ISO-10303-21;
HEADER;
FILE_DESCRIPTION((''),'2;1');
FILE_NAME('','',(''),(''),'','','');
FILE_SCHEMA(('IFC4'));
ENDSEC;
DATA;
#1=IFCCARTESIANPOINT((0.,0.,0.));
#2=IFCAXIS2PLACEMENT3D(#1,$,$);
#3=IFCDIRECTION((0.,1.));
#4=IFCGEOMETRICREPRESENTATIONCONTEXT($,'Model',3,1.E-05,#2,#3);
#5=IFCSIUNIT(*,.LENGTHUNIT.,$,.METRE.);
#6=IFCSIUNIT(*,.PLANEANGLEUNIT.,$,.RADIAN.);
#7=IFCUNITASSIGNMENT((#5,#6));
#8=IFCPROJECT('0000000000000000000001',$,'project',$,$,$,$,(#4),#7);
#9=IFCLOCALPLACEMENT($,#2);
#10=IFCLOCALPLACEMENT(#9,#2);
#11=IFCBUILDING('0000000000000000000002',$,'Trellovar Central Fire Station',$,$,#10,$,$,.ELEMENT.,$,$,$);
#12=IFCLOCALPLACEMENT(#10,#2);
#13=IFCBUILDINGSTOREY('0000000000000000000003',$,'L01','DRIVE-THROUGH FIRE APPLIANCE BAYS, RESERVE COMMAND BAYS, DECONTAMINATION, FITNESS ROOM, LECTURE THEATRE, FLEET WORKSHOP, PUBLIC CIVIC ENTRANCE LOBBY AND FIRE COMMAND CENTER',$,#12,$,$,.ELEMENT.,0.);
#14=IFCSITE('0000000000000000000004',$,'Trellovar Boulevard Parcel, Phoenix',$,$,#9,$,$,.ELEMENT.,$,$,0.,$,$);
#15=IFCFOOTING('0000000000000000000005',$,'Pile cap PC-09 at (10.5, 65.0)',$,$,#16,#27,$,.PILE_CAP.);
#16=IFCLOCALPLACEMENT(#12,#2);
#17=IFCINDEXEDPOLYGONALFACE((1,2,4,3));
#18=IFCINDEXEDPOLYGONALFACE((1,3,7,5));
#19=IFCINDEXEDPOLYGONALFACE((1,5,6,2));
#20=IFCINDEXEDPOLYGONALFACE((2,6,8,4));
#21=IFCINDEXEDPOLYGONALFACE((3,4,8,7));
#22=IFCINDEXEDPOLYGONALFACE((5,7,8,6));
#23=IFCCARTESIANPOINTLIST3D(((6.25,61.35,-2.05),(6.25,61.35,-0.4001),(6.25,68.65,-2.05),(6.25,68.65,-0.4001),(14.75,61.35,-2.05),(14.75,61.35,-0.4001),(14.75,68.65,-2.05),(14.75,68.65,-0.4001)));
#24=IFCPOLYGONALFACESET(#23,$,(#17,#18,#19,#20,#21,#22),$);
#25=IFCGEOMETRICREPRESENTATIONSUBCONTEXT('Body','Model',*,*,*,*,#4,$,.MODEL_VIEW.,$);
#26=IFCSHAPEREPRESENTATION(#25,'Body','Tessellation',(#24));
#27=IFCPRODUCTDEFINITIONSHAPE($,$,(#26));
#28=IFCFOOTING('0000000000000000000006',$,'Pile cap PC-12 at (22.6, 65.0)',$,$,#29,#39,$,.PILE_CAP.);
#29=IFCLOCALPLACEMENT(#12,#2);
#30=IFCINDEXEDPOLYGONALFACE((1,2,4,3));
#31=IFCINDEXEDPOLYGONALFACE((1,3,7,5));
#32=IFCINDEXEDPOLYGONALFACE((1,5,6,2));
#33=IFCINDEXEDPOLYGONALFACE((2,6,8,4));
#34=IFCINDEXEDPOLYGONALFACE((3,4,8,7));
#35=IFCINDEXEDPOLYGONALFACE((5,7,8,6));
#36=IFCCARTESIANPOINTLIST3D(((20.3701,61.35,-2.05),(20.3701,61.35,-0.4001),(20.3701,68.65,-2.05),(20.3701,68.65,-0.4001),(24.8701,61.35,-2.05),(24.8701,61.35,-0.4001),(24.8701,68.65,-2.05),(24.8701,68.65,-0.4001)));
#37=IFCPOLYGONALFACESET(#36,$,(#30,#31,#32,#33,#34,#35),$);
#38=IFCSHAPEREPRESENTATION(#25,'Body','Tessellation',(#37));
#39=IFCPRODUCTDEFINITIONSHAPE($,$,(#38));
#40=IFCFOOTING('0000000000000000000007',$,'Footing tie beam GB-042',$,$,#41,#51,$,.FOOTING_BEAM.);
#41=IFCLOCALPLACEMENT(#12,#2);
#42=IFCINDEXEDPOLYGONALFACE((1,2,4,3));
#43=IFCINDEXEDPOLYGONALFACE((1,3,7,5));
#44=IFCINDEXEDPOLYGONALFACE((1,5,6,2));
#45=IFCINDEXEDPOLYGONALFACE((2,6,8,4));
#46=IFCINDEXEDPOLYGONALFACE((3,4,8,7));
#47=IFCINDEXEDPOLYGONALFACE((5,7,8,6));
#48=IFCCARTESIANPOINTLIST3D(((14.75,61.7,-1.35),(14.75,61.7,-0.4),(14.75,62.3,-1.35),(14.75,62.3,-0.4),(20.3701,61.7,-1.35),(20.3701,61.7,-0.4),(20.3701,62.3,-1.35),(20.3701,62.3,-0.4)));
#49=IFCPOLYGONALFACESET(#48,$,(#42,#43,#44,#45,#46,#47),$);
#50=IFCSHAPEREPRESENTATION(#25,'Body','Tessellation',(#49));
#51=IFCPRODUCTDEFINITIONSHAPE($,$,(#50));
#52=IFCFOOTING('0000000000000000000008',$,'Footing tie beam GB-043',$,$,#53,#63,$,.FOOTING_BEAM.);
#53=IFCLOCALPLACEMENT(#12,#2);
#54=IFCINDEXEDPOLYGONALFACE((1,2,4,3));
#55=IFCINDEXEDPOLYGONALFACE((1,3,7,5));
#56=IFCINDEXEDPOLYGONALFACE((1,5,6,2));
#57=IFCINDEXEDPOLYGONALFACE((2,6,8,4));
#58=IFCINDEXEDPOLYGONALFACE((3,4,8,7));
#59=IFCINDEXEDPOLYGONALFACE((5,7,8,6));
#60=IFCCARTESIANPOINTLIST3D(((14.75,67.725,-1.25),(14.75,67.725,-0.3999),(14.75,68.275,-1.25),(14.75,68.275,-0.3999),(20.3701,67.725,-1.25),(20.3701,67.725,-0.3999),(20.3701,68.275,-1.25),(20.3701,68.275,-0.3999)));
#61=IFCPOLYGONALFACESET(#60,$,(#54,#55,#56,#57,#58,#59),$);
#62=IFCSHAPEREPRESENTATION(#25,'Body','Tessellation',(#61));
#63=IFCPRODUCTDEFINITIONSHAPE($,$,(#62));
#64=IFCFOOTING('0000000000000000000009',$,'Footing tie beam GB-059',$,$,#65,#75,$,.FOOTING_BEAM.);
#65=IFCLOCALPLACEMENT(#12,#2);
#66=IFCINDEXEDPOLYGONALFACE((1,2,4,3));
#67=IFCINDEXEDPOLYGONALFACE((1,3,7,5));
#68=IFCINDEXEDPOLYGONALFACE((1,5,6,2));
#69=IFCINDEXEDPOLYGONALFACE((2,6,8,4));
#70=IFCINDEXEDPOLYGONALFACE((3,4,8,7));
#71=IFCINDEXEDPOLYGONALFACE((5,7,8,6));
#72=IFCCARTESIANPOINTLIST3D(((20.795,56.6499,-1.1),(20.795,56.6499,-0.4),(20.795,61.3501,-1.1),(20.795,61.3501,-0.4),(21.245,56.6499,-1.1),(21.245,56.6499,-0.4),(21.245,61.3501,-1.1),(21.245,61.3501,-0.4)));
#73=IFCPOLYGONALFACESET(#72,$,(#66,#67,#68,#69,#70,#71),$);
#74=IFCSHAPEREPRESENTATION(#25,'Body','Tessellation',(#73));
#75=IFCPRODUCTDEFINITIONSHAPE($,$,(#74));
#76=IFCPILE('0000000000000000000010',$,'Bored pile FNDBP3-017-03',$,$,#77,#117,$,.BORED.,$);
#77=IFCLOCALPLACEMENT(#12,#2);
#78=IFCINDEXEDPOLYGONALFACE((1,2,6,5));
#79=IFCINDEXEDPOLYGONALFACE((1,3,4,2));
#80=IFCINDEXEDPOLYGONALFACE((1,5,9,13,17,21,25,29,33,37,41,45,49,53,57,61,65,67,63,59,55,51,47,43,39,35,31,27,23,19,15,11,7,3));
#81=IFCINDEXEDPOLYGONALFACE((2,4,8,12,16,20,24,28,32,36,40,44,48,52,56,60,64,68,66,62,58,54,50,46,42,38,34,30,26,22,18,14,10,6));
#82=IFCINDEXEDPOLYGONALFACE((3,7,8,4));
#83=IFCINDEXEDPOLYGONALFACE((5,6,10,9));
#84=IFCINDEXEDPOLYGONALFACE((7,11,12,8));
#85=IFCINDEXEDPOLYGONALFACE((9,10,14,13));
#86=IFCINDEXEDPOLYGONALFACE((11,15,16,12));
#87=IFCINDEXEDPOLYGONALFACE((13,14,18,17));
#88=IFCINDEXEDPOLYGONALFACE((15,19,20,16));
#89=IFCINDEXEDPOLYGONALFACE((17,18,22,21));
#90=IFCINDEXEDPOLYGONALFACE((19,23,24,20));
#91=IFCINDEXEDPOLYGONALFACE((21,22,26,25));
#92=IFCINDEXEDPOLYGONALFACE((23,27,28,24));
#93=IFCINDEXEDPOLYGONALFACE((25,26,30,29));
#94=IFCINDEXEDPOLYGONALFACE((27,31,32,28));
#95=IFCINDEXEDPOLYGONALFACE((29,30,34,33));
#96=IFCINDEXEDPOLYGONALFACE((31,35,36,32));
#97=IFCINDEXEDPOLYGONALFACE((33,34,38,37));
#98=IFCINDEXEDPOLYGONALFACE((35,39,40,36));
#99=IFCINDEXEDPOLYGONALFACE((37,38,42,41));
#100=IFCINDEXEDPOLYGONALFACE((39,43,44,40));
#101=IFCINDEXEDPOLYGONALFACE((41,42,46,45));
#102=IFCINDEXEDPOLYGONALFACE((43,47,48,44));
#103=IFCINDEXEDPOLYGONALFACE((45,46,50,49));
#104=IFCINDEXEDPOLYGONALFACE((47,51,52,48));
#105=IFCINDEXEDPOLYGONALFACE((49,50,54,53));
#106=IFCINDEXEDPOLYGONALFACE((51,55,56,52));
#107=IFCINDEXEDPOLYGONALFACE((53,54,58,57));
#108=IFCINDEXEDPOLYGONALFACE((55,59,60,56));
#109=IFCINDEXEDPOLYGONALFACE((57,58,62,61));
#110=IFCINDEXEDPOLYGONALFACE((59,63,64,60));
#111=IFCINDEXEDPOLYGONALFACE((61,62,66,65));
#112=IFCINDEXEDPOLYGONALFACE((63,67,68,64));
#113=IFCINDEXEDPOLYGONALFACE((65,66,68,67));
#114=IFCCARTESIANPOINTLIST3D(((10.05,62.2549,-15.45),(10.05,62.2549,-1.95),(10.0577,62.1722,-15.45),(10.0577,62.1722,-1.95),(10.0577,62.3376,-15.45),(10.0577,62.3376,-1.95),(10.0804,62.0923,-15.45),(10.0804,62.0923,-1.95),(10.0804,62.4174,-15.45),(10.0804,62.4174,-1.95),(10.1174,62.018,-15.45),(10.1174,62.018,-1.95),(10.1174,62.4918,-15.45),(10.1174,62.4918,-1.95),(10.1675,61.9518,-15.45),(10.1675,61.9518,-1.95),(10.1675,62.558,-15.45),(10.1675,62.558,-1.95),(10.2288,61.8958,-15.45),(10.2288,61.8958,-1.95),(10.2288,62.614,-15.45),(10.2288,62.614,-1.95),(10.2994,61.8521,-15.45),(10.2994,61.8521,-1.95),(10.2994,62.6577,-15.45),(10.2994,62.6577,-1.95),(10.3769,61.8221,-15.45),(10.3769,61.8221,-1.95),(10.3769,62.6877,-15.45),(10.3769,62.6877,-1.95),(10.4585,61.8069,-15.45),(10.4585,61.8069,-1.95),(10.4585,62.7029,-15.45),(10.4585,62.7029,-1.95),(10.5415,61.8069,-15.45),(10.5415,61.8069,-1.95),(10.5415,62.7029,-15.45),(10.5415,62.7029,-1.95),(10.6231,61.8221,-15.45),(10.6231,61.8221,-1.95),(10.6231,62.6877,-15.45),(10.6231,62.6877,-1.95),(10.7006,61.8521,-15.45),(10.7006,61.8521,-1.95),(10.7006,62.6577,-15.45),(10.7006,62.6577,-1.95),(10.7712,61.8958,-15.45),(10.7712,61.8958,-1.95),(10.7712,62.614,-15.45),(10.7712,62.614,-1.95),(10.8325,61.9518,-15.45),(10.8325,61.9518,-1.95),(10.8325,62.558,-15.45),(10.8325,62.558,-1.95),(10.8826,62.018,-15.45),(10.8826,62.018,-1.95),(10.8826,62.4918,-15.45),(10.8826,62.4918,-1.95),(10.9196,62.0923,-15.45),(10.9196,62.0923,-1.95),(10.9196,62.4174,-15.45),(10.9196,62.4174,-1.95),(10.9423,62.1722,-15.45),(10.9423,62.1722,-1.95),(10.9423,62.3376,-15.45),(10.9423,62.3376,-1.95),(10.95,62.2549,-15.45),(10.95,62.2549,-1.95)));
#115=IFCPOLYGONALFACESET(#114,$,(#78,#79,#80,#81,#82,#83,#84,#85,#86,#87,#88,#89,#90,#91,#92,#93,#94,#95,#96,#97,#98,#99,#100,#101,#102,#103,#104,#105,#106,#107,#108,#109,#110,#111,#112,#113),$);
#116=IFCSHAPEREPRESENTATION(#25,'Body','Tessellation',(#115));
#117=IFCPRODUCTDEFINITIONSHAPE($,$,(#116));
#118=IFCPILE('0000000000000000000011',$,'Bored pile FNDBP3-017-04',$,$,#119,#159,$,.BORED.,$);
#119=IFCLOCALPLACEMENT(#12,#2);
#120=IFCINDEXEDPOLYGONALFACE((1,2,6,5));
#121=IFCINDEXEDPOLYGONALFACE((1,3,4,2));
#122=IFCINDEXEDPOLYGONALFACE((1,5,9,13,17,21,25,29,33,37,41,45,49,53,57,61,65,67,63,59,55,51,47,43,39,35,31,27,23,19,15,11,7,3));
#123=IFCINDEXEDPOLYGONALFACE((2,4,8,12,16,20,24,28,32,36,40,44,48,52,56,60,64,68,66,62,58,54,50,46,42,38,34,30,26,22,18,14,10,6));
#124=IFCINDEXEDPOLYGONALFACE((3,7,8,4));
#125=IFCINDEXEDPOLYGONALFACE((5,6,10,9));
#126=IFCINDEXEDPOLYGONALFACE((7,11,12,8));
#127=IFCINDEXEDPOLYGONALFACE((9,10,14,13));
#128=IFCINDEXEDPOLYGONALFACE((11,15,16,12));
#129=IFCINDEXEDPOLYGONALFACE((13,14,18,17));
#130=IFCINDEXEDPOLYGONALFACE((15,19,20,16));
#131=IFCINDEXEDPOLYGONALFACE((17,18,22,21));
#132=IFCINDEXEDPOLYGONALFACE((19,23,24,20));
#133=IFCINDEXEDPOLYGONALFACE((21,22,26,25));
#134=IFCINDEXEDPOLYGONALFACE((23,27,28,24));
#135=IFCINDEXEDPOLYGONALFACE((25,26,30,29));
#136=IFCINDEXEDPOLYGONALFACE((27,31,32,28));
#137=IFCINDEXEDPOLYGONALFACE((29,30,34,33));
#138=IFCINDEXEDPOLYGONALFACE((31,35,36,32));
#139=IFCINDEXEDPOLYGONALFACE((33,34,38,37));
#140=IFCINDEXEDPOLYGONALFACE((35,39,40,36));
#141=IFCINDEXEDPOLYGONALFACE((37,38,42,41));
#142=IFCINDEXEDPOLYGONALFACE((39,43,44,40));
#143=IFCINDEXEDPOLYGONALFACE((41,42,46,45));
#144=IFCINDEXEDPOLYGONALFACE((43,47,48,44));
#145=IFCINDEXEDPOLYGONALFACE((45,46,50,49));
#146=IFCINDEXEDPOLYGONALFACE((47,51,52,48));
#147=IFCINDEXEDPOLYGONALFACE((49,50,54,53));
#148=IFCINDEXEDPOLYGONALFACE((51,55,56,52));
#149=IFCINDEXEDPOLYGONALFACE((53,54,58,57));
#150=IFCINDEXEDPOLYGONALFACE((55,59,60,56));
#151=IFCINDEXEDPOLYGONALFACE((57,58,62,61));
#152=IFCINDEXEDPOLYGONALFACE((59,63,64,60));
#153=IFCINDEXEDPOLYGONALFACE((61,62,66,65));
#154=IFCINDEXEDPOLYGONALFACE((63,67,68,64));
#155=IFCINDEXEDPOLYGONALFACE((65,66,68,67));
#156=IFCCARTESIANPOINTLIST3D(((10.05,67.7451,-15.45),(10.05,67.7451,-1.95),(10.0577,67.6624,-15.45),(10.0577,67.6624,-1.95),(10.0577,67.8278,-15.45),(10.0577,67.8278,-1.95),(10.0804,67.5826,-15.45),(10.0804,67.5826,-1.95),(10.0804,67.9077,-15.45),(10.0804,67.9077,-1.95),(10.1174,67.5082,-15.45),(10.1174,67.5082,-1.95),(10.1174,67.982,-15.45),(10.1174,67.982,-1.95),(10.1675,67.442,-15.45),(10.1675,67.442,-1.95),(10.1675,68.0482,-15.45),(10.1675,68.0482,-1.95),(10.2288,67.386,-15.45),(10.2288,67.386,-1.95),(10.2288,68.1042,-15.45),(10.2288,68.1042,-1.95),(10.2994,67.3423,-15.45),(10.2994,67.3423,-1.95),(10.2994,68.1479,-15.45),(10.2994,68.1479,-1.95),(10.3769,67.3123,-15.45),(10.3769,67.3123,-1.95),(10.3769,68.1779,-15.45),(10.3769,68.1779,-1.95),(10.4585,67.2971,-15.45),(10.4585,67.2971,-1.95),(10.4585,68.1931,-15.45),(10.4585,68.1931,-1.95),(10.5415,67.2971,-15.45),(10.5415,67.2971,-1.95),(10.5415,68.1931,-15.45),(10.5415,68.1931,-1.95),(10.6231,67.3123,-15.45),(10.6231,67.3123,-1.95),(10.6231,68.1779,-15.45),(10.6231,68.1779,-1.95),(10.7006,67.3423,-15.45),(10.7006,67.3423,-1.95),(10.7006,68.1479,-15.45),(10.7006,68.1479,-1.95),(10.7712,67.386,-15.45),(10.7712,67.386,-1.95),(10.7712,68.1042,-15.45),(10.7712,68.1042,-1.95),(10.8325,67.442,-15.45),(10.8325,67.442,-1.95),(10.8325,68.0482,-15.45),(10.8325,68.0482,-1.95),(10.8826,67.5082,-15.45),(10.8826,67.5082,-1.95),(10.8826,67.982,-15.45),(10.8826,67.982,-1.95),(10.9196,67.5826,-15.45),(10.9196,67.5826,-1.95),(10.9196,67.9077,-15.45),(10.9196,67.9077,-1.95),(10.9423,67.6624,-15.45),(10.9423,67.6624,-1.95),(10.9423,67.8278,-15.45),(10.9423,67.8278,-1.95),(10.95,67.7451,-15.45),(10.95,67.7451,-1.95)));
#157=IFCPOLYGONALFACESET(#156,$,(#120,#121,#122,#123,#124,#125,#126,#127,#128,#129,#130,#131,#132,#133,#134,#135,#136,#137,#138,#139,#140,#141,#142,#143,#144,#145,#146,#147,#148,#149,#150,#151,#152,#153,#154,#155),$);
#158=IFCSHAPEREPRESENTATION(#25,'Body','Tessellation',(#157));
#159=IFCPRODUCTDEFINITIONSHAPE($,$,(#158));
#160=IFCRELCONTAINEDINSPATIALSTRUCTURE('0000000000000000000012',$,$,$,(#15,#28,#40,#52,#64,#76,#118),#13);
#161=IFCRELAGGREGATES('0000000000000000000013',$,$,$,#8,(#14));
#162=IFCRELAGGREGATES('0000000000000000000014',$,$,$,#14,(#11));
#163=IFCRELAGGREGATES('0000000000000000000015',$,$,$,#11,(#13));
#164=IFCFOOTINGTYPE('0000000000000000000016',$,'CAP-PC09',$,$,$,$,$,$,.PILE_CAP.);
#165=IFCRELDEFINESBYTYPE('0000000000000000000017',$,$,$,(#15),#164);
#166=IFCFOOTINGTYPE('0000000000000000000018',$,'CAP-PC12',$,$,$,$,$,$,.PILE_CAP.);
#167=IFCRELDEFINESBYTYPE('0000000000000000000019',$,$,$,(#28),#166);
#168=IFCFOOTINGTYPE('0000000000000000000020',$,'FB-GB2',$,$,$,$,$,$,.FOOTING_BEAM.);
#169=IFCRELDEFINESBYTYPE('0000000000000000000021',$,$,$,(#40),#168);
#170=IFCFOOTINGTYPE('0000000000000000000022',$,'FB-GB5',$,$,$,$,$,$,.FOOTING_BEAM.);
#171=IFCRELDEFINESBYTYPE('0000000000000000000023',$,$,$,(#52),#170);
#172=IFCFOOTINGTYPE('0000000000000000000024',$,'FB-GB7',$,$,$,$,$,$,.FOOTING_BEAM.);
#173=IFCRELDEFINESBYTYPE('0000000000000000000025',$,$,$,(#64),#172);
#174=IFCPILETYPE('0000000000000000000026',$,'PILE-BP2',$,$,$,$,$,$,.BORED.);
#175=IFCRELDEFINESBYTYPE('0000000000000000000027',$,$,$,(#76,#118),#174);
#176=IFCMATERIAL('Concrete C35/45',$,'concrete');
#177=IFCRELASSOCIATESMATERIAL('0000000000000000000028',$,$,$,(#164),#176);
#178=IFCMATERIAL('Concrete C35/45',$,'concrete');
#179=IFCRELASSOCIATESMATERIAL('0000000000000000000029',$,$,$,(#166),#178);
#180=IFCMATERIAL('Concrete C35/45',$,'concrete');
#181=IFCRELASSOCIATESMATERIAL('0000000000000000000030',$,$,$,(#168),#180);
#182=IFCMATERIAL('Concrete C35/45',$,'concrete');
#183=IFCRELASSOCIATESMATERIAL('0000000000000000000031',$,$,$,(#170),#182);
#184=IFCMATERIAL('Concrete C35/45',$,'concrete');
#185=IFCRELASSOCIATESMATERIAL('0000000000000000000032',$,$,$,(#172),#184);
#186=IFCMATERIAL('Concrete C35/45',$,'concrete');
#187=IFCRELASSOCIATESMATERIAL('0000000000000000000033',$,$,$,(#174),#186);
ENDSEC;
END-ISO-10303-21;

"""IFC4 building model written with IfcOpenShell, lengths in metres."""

from ifc_helpers import new_model, si_unit, direction, frame, origin, origin_2d, place, context, subcontext, project, spatial, rectangle, circle, extrude, material, material_profile, profile_set, type_object, element, save


model = new_model("IFC4")

# Units and contexts
model_context = context("Model", 3, precision=1e-05, world=origin(), true_north=direction((0.0, 1.0)))
body_context = subcontext(model_context, "Body", "Model", "MODEL_VIEW")
ifc_project = project(units=[si_unit("LENGTHUNIT", "METRE"), si_unit("PLANEANGLEUNIT", "RADIAN")], contexts=[model_context])

# Site, building, storey
site_placement = place(None, origin())
site = spatial("IfcSite", under=ifc_project, at=site_placement, Name="Trellovar Boulevard Parcel, Phoenix", CompositionType="ELEMENT", RefElevation=0.0)
building_placement = place(site_placement, origin())
building = spatial("IfcBuilding", under=site, at=building_placement, Name="Trellovar Central Fire Station", CompositionType="ELEMENT")
storey_placement = place(building_placement, origin())
storey = spatial("IfcBuildingStorey", under=building, at=storey_placement, Name="L01", Description="DRIVE-THROUGH FIRE APPLIANCE BAYS, RESERVE COMMAND BAYS, DECONTAMINATION, FITNESS ROOM, LECTURE THEATRE, FLEET WORKSHOP, PUBLIC CIVIC ENTRANCE LOBBY AND FIRE COMMAND CENTER", CompositionType="ELEMENT", Elevation=0.0)

# Footings
ifc_material_1 = material(Name="Concrete C35/45", Category="concrete")
footing_type_1 = type_object("IfcFootingType", Name="CAP-PC09", PredefinedType="PILE_CAP", material=ifc_material_1)
footing_1_placement = place(storey_placement, frame((10.5, 65.0, -2.05), z_axis=(0.0, 0.0, 1.0), x_axis=(1.0, 0.0, 0.0)))
element("IfcFooting", 1, at=footing_1_placement, inside=storey, type_object=footing_type_1, Name="Pile cap PC-09 at (10.5, 65.0)", PredefinedType="PILE_CAP", context=body_context, shape_type="SweptSolid", body=[
    extrude(rectangle(XDim=8.5, YDim=7.3, at=origin_2d()), origin(), (0.0, 0.0, 1.0), 1.6499),
])
ifc_material_2 = material(Name="Concrete C35/45", Category="concrete")
footing_type_2 = type_object("IfcFootingType", Name="CAP-PC12", PredefinedType="PILE_CAP", material=ifc_material_2)
footing_2_placement = place(storey_placement, frame((22.6201, 65.0, -2.05), z_axis=(0.0, 0.0, 1.0), x_axis=(1.0, 0.0, 0.0)))
element("IfcFooting", 2, at=footing_2_placement, inside=storey, type_object=footing_type_2, Name="Pile cap PC-12 at (22.6, 65.0)", PredefinedType="PILE_CAP", context=body_context, shape_type="SweptSolid", body=[
    extrude(rectangle(XDim=4.5, YDim=7.3, at=origin_2d()), origin(), (0.0, 0.0, 1.0), 1.6499),
])
ifc_material_3 = material(Name="Concrete C35/45", Category="concrete")
ifc_material_profile_1 = material_profile(ifc_material_3, rectangle(XDim=0.6001, YDim=0.95, at=origin_2d()), Name="RC600X950")
ifc_profile_set_1 = profile_set([ifc_material_profile_1], Name="Concrete C35/45")
footing_type_3 = type_object("IfcFootingType", Name="FB-GB2", PredefinedType="FOOTING_BEAM", material=ifc_profile_set_1)
footing_3_placement = place(storey_placement, frame((14.75, 62.0, -0.875), z_axis=(1.0, 0.0, 0.0), x_axis=(0.0, 1.0, 0.0)))
element("IfcFooting", 3, at=footing_3_placement, inside=storey, type_object=footing_type_3, Name="Footing tie beam GB-042", PredefinedType="FOOTING_BEAM", context=body_context, shape_type="SweptSolid", body=[
    extrude(rectangle(XDim=0.6001, YDim=0.95, at=origin_2d()), origin(), (0.0, 0.0, 1.0), 5.6201),
])
ifc_material_4 = material(Name="Concrete C35/45", Category="concrete")
ifc_material_profile_2 = material_profile(ifc_material_4, rectangle(XDim=0.55, YDim=0.8501, at=origin_2d()), Name="RC550X850")
ifc_profile_set_2 = profile_set([ifc_material_profile_2], Name="Concrete C35/45")
footing_type_4 = type_object("IfcFootingType", Name="FB-GB5", PredefinedType="FOOTING_BEAM", material=ifc_profile_set_2)
footing_4_placement = place(storey_placement, frame((14.75, 68.0, -0.825), z_axis=(1.0, 0.0, 0.0), x_axis=(0.0, 1.0, 0.0)))
element("IfcFooting", 4, at=footing_4_placement, inside=storey, type_object=footing_type_4, Name="Footing tie beam GB-043", PredefinedType="FOOTING_BEAM", context=body_context, shape_type="SweptSolid", body=[
    extrude(rectangle(XDim=0.55, YDim=0.8501, at=origin_2d()), origin(), (0.0, 0.0, 1.0), 5.6201),
])
ifc_material_5 = material(Name="Concrete C35/45", Category="concrete")
ifc_material_profile_3 = material_profile(ifc_material_5, rectangle(XDim=0.45, YDim=0.7, at=origin_2d()), Name="RC450X700")
ifc_profile_set_3 = profile_set([ifc_material_profile_3], Name="Concrete C35/45")
footing_type_5 = type_object("IfcFootingType", Name="FB-GB7", PredefinedType="FOOTING_BEAM", material=ifc_profile_set_3)
footing_5_placement = place(storey_placement, frame((21.02, 56.6499, -0.75), z_axis=(0.0, 1.0, 0.0), x_axis=(-1.0, 0.0, 0.0)))
element("IfcFooting", 5, at=footing_5_placement, inside=storey, type_object=footing_type_5, Name="Footing tie beam GB-059", PredefinedType="FOOTING_BEAM", context=body_context, shape_type="SweptSolid", body=[
    extrude(rectangle(XDim=0.45, YDim=0.7, at=origin_2d()), origin(), (0.0, 0.0, 1.0), 4.7002),
])

# Piles
ifc_material_6 = material(Name="Concrete C35/45", Category="concrete")
ifc_material_profile_4 = material_profile(ifc_material_6, circle(Radius=0.45, at=origin_2d()), Name="PILE900")
ifc_profile_set_4 = profile_set([ifc_material_profile_4], Name="Concrete C35/45")
pile_type = type_object("IfcPileType", Name="PILE-BP2", PredefinedType="BORED", material=ifc_profile_set_4)
for number, where, z_axis, x_axis, name in (
    (6, (10.5, 62.2549, -1.95), (0.0, 0.0, -1.0), (1.0, 0.0, 0.0), "Bored pile FNDBP3-017-03"),
    (7, (10.5, 67.7451, -1.95), (0.0, 0.0, -1.0), (1.0, 0.0, 0.0), "Bored pile FNDBP3-017-04"),
):
    element("IfcPile", number, at=place(storey_placement, frame(where, z_axis=z_axis, x_axis=x_axis)), inside=storey, type_object=pile_type, Name=name, PredefinedType="BORED", context=body_context, shape_type="SweptSolid", body=[
        extrude(circle(Radius=0.45, at=origin_2d()), origin(), (0.0, 0.0, 1.0), 13.5),
    ])

save(model, "model.ifc")
